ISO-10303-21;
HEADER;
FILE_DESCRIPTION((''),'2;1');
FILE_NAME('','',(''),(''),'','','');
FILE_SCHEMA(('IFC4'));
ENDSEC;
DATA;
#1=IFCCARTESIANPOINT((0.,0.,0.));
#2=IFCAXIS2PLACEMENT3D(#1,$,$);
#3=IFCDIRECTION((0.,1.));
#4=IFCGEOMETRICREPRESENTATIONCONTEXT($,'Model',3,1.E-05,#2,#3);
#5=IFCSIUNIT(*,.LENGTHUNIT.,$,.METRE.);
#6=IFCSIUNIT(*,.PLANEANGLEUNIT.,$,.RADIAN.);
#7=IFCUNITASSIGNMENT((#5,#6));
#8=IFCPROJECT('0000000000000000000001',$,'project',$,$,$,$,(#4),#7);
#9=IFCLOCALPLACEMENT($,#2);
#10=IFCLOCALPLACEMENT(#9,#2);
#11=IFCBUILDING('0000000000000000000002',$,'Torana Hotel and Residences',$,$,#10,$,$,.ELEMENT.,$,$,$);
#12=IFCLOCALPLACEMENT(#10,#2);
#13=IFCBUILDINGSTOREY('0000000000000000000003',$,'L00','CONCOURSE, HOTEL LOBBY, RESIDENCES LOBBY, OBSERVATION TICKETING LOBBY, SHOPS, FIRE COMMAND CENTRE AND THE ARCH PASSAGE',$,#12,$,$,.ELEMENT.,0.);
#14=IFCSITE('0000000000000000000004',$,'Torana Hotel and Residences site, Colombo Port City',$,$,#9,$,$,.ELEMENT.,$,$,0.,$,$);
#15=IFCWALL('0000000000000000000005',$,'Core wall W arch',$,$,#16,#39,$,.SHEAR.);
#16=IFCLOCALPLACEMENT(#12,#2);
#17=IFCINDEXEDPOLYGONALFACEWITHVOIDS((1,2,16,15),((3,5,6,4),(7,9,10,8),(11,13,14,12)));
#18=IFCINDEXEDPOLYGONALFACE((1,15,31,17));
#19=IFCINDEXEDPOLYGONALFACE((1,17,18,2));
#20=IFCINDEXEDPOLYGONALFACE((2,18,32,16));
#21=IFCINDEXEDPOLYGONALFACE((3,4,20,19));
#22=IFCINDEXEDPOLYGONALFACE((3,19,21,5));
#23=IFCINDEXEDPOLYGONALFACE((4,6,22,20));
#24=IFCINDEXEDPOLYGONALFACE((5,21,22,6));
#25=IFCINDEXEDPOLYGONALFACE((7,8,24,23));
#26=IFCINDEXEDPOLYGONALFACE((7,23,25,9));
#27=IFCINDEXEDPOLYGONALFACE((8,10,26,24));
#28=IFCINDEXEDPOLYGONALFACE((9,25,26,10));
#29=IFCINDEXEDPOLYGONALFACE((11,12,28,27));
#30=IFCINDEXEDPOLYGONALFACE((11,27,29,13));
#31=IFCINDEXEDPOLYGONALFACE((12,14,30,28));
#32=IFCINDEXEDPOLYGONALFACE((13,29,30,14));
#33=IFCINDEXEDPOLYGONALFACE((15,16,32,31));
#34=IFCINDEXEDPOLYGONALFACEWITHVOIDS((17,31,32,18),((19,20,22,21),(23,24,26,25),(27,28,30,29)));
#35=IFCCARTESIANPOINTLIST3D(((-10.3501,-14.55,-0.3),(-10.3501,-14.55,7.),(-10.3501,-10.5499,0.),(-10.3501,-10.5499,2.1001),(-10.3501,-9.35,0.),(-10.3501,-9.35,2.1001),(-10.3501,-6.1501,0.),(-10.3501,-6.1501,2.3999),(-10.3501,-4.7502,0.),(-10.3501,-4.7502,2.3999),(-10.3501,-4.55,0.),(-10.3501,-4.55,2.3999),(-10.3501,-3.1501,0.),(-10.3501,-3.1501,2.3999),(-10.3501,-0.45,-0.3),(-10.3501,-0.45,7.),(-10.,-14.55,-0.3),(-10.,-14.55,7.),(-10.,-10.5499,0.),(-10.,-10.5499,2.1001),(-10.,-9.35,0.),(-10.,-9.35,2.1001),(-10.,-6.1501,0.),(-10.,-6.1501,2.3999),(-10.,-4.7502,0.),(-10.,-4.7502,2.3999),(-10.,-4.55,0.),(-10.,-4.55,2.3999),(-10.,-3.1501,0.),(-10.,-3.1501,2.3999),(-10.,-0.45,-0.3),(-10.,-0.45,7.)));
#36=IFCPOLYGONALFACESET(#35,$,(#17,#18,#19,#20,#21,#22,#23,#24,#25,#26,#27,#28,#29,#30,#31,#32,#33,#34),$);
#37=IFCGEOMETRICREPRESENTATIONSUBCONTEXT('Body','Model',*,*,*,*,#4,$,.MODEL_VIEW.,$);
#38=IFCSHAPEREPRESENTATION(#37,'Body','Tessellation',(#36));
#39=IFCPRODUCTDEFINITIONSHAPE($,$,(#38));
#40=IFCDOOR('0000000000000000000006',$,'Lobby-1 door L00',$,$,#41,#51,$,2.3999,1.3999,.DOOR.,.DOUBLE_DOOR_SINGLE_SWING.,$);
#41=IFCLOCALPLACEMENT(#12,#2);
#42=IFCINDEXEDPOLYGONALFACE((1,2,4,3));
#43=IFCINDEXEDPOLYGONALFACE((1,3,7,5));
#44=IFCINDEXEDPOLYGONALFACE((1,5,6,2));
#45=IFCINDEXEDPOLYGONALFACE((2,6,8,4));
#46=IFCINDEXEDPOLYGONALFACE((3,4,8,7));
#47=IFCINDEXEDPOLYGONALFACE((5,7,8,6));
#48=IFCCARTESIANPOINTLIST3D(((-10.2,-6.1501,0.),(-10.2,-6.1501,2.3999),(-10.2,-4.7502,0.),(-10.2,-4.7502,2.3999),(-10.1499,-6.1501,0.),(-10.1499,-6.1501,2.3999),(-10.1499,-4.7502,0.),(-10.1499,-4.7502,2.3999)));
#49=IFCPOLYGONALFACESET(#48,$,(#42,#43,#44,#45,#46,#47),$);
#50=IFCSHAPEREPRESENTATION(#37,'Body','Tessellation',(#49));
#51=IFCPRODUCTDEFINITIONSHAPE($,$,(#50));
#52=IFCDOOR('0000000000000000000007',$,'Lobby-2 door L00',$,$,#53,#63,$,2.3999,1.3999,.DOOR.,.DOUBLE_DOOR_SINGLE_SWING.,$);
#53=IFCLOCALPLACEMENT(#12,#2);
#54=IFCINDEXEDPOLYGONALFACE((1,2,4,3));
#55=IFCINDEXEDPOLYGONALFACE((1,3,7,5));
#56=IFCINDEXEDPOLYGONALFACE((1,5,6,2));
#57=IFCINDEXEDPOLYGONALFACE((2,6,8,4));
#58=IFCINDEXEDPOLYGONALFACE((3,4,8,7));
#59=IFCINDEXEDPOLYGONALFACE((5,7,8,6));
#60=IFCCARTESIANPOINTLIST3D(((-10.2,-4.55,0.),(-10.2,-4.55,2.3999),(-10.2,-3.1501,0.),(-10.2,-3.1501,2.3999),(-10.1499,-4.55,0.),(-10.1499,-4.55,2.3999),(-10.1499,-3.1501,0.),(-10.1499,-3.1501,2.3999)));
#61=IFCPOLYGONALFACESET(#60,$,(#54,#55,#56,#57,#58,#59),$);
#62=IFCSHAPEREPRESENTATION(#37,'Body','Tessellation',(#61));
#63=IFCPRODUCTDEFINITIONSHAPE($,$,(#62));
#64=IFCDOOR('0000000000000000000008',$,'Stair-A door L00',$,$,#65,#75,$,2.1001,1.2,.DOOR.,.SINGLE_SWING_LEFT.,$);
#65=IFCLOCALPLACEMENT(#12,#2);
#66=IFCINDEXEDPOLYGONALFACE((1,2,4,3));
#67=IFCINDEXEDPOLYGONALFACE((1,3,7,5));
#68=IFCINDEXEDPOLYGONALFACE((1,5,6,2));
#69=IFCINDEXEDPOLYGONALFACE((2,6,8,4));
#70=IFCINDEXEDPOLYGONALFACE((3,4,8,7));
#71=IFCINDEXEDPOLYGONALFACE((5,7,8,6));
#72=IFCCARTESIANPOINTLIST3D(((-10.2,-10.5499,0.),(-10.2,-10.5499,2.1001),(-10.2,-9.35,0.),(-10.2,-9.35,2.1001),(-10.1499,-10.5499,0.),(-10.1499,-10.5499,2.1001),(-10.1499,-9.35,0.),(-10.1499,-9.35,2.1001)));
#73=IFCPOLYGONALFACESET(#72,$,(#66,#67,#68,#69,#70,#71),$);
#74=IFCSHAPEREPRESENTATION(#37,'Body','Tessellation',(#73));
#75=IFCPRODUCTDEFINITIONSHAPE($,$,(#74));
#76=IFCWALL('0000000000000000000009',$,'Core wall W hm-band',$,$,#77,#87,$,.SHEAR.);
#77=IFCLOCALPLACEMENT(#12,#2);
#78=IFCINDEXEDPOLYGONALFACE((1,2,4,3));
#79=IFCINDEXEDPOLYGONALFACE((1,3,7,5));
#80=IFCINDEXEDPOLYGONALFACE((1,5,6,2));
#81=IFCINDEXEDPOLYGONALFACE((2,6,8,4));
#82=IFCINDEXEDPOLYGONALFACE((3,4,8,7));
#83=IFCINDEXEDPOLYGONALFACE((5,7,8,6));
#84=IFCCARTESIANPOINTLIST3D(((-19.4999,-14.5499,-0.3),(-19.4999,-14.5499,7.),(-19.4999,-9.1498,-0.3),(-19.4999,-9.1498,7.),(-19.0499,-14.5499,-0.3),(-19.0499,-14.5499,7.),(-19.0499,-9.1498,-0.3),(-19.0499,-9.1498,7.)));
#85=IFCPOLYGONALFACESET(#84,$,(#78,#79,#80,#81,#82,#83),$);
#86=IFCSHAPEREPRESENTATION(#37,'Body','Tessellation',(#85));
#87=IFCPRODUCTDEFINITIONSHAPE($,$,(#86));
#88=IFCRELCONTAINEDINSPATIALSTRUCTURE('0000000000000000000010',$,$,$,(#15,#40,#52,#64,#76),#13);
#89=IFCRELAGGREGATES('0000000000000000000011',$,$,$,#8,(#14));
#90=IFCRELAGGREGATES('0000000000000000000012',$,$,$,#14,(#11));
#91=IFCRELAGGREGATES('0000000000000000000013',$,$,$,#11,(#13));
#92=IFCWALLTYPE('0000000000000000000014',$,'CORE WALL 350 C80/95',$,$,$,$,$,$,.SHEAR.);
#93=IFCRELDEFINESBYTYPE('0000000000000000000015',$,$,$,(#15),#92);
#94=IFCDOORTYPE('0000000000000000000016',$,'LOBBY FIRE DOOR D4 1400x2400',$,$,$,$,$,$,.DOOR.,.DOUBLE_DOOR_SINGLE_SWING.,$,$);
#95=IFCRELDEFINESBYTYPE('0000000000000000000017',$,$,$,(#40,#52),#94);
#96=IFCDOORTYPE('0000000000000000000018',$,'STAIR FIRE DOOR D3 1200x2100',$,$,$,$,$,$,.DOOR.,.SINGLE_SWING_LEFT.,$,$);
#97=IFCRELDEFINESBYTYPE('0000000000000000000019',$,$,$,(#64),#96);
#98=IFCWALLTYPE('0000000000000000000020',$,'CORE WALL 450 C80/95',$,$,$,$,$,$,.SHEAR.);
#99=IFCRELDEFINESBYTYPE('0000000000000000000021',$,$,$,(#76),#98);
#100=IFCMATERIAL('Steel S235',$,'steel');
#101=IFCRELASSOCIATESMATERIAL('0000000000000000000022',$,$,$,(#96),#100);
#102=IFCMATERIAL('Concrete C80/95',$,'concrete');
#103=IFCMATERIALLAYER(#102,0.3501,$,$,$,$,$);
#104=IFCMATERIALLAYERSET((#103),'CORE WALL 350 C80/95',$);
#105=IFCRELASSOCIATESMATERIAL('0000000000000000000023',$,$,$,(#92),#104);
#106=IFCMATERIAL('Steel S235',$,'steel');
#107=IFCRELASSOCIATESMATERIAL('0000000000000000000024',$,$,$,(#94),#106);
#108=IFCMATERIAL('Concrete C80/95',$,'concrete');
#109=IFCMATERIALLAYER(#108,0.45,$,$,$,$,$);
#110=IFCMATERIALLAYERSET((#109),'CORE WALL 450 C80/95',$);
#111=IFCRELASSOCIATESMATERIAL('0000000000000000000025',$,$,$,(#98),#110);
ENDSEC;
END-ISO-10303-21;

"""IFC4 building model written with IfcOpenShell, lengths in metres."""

from ifc_helpers import new_model, si_unit, direction, frame, frame_2d, origin, place, context, subcontext, project, spatial, rectangle, extrude, material, layer, layer_set, type_object, element, fill, save


model = new_model("IFC4")

# Units and contexts
model_context = context("Model", 3, precision=1e-05, world=origin(), true_north=direction((0.0, 1.0)))
body_context = subcontext(model_context, "Body", "Model", "MODEL_VIEW")
ifc_project = project(units=[si_unit("LENGTHUNIT", "METRE"), si_unit("PLANEANGLEUNIT", "RADIAN")], contexts=[model_context])

# Site, building, storey
site_placement = place(None, origin())
site = spatial("IfcSite", under=ifc_project, at=site_placement, Name="Torana Hotel and Residences site, Colombo Port City", CompositionType="ELEMENT", RefElevation=0.0)
building_placement = place(site_placement, origin())
building = spatial("IfcBuilding", under=site, at=building_placement, Name="Torana Hotel and Residences", CompositionType="ELEMENT")
storey_placement = place(building_placement, origin())
storey = spatial("IfcBuildingStorey", under=building, at=storey_placement, Name="L00", Description="CONCOURSE, HOTEL LOBBY, RESIDENCES LOBBY, OBSERVATION TICKETING LOBBY, SHOPS, FIRE COMMAND CENTRE AND THE ARCH PASSAGE", CompositionType="ELEMENT", Elevation=0.0)

# Shared definitions
ifc_material_1 = material(Name="Steel S235", Category="steel")
door_type_1 = type_object("IfcDoorType", Name="STAIR FIRE DOOR D3 1200x2100", OperationType="SINGLE_SWING_LEFT", PredefinedType="DOOR", material=ifc_material_1)

# Wall, openings, doors
ifc_material_2 = material(Name="Concrete C80/95", Category="concrete")
ifc_layer_1 = layer(ifc_material_2, 0.3501)
ifc_layer_set_1 = layer_set([ifc_layer_1], Name="CORE WALL 350 C80/95")
wall_type_1 = type_object("IfcWallType", Name="CORE WALL 350 C80/95", PredefinedType="SHEAR", material=ifc_layer_set_1)
wall_1_placement = place(storey_placement, frame((-10.175, -14.55, -0.3), z_axis=(0.0, 0.0, 1.0), x_axis=(0.0, 1.0, 0.0)))
wall_1 = element("IfcWall", 1, at=wall_1_placement, inside=storey, type_object=wall_type_1, Name="Core wall W arch", PredefinedType="SHEAR", context=body_context, shape_type="SweptSolid", body=[
    extrude(rectangle(XDim=14.1001, YDim=0.3501, at=frame_2d((7.05, 0.0))), origin(), (0.0, 0.0, 1.0), 7.3),
])
opening_1_placement = place(wall_1_placement, frame((8.3999, 0.0, 0.3)))
opening_1 = element("IfcOpeningElement", 2, at=opening_1_placement, cuts=wall_1, PredefinedType="OPENING", context=body_context, shape_type="SweptSolid", body=[
    extrude(rectangle(XDim=1.3999, YDim=2.3999, at=frame_2d((0.7, 1.2))), frame((0.0, 0.1851, 0.0), z_axis=(0.0, -1.0, 0.0), x_axis=(1.0, 0.0, 0.0)), (0.0, 0.0, 1.0), 0.3701),
])
opening_2_placement = place(wall_1_placement, frame((10.0, 0.0, 0.3)))
opening_2 = element("IfcOpeningElement", 3, at=opening_2_placement, cuts=wall_1, PredefinedType="OPENING", context=body_context, shape_type="SweptSolid", body=[
    extrude(rectangle(XDim=1.3999, YDim=2.3999, at=frame_2d((0.7, 1.2))), frame((0.0, 0.1851, 0.0), z_axis=(0.0, -1.0, 0.0), x_axis=(1.0, 0.0, 0.0)), (0.0, 0.0, 1.0), 0.3701),
])
opening_3_placement = place(wall_1_placement, frame((4.0, 0.0, 0.3)))
opening_3 = element("IfcOpeningElement", 4, at=opening_3_placement, cuts=wall_1, PredefinedType="OPENING", context=body_context, shape_type="SweptSolid", body=[
    extrude(rectangle(XDim=1.2, YDim=2.1001, at=frame_2d((0.6001, 1.05))), frame((0.0, 0.1851, 0.0), z_axis=(0.0, -1.0, 0.0), x_axis=(1.0, 0.0, 0.0)), (0.0, 0.0, 1.0), 0.3701),
])
ifc_material_3 = material(Name="Steel S235", Category="steel")
door_type_2 = type_object("IfcDoorType", Name="LOBBY FIRE DOOR D4 1400x2400", OperationType="DOUBLE_DOOR_SINGLE_SWING", PredefinedType="DOOR", material=ifc_material_3)
door_1_placement = place(opening_1_placement, frame((0.7, 0.0, 0.0), z_axis=(0.0, 0.0, 1.0), x_axis=(-1.0, 0.0, 0.0)))
door_1 = element("IfcDoor", 5, at=door_1_placement, inside=storey, type_object=door_type_2, Name="Lobby-1 door L00", OperationType="DOUBLE_DOOR_SINGLE_SWING", OverallHeight=2.3999, OverallWidth=1.3999, PredefinedType="DOOR", context=body_context, shape_type="SweptSolid", body=[
    extrude(rectangle(XDim=1.3999, YDim=2.3999, at=frame_2d((0.0, 1.2))), frame((0.0, -0.0249, 0.0), z_axis=(0.0, 1.0, 0.0), x_axis=(-1.0, 0.0, 0.0)), (0.0, 0.0, 1.0), 0.05),
])
fill(opening_1, door_1)
door_2_placement = place(opening_2_placement, frame((0.7, 0.0, 0.0), z_axis=(0.0, 0.0, 1.0), x_axis=(-1.0, 0.0, 0.0)))
door_2 = element("IfcDoor", 6, at=door_2_placement, inside=storey, type_object=door_type_2, Name="Lobby-2 door L00", OperationType="DOUBLE_DOOR_SINGLE_SWING", OverallHeight=2.3999, OverallWidth=1.3999, PredefinedType="DOOR", context=body_context, shape_type="SweptSolid", body=[
    extrude(rectangle(XDim=1.3999, YDim=2.3999, at=frame_2d((0.0, 1.2))), frame((0.0, -0.0249, 0.0), z_axis=(0.0, 1.0, 0.0), x_axis=(-1.0, 0.0, 0.0)), (0.0, 0.0, 1.0), 0.05),
])
fill(opening_2, door_2)
door_3_placement = place(opening_3_placement, frame((0.6001, 0.0, 0.0), z_axis=(0.0, 0.0, 1.0), x_axis=(-1.0, 0.0, 0.0)))
door_3 = element("IfcDoor", 7, at=door_3_placement, inside=storey, type_object=door_type_1, Name="Stair-A door L00", OperationType="SINGLE_SWING_LEFT", OverallHeight=2.1001, OverallWidth=1.2, PredefinedType="DOOR", context=body_context, shape_type="SweptSolid", body=[
    extrude(rectangle(XDim=1.2, YDim=2.1001, at=frame_2d((0.0, 1.05))), frame((0.0, -0.0249, 0.0), z_axis=(0.0, 1.0, 0.0), x_axis=(-1.0, 0.0, 0.0)), (0.0, 0.0, 1.0), 0.05),
])
fill(opening_3, door_3)

# Wall
ifc_material_4 = material(Name="Concrete C80/95", Category="concrete")
ifc_layer_2 = layer(ifc_material_4, 0.45)
ifc_layer_set_2 = layer_set([ifc_layer_2], Name="CORE WALL 450 C80/95")
wall_type_2 = type_object("IfcWallType", Name="CORE WALL 450 C80/95", PredefinedType="SHEAR", material=ifc_layer_set_2)
wall_2_placement = place(storey_placement, frame((-19.2749, -14.55, -0.3), z_axis=(0.0, 0.0, 1.0), x_axis=(0.0, 1.0, 0.0)))
element("IfcWall", 8, at=wall_2_placement, inside=storey, type_object=wall_type_2, Name="Core wall W hm-band", PredefinedType="SHEAR", context=body_context, shape_type="SweptSolid", body=[
    extrude(rectangle(XDim=5.4001, YDim=0.45, at=frame_2d((2.7002, 0.0))), origin(), (0.0, 0.0, 1.0), 7.3),
])

save(model, "model.ifc")
